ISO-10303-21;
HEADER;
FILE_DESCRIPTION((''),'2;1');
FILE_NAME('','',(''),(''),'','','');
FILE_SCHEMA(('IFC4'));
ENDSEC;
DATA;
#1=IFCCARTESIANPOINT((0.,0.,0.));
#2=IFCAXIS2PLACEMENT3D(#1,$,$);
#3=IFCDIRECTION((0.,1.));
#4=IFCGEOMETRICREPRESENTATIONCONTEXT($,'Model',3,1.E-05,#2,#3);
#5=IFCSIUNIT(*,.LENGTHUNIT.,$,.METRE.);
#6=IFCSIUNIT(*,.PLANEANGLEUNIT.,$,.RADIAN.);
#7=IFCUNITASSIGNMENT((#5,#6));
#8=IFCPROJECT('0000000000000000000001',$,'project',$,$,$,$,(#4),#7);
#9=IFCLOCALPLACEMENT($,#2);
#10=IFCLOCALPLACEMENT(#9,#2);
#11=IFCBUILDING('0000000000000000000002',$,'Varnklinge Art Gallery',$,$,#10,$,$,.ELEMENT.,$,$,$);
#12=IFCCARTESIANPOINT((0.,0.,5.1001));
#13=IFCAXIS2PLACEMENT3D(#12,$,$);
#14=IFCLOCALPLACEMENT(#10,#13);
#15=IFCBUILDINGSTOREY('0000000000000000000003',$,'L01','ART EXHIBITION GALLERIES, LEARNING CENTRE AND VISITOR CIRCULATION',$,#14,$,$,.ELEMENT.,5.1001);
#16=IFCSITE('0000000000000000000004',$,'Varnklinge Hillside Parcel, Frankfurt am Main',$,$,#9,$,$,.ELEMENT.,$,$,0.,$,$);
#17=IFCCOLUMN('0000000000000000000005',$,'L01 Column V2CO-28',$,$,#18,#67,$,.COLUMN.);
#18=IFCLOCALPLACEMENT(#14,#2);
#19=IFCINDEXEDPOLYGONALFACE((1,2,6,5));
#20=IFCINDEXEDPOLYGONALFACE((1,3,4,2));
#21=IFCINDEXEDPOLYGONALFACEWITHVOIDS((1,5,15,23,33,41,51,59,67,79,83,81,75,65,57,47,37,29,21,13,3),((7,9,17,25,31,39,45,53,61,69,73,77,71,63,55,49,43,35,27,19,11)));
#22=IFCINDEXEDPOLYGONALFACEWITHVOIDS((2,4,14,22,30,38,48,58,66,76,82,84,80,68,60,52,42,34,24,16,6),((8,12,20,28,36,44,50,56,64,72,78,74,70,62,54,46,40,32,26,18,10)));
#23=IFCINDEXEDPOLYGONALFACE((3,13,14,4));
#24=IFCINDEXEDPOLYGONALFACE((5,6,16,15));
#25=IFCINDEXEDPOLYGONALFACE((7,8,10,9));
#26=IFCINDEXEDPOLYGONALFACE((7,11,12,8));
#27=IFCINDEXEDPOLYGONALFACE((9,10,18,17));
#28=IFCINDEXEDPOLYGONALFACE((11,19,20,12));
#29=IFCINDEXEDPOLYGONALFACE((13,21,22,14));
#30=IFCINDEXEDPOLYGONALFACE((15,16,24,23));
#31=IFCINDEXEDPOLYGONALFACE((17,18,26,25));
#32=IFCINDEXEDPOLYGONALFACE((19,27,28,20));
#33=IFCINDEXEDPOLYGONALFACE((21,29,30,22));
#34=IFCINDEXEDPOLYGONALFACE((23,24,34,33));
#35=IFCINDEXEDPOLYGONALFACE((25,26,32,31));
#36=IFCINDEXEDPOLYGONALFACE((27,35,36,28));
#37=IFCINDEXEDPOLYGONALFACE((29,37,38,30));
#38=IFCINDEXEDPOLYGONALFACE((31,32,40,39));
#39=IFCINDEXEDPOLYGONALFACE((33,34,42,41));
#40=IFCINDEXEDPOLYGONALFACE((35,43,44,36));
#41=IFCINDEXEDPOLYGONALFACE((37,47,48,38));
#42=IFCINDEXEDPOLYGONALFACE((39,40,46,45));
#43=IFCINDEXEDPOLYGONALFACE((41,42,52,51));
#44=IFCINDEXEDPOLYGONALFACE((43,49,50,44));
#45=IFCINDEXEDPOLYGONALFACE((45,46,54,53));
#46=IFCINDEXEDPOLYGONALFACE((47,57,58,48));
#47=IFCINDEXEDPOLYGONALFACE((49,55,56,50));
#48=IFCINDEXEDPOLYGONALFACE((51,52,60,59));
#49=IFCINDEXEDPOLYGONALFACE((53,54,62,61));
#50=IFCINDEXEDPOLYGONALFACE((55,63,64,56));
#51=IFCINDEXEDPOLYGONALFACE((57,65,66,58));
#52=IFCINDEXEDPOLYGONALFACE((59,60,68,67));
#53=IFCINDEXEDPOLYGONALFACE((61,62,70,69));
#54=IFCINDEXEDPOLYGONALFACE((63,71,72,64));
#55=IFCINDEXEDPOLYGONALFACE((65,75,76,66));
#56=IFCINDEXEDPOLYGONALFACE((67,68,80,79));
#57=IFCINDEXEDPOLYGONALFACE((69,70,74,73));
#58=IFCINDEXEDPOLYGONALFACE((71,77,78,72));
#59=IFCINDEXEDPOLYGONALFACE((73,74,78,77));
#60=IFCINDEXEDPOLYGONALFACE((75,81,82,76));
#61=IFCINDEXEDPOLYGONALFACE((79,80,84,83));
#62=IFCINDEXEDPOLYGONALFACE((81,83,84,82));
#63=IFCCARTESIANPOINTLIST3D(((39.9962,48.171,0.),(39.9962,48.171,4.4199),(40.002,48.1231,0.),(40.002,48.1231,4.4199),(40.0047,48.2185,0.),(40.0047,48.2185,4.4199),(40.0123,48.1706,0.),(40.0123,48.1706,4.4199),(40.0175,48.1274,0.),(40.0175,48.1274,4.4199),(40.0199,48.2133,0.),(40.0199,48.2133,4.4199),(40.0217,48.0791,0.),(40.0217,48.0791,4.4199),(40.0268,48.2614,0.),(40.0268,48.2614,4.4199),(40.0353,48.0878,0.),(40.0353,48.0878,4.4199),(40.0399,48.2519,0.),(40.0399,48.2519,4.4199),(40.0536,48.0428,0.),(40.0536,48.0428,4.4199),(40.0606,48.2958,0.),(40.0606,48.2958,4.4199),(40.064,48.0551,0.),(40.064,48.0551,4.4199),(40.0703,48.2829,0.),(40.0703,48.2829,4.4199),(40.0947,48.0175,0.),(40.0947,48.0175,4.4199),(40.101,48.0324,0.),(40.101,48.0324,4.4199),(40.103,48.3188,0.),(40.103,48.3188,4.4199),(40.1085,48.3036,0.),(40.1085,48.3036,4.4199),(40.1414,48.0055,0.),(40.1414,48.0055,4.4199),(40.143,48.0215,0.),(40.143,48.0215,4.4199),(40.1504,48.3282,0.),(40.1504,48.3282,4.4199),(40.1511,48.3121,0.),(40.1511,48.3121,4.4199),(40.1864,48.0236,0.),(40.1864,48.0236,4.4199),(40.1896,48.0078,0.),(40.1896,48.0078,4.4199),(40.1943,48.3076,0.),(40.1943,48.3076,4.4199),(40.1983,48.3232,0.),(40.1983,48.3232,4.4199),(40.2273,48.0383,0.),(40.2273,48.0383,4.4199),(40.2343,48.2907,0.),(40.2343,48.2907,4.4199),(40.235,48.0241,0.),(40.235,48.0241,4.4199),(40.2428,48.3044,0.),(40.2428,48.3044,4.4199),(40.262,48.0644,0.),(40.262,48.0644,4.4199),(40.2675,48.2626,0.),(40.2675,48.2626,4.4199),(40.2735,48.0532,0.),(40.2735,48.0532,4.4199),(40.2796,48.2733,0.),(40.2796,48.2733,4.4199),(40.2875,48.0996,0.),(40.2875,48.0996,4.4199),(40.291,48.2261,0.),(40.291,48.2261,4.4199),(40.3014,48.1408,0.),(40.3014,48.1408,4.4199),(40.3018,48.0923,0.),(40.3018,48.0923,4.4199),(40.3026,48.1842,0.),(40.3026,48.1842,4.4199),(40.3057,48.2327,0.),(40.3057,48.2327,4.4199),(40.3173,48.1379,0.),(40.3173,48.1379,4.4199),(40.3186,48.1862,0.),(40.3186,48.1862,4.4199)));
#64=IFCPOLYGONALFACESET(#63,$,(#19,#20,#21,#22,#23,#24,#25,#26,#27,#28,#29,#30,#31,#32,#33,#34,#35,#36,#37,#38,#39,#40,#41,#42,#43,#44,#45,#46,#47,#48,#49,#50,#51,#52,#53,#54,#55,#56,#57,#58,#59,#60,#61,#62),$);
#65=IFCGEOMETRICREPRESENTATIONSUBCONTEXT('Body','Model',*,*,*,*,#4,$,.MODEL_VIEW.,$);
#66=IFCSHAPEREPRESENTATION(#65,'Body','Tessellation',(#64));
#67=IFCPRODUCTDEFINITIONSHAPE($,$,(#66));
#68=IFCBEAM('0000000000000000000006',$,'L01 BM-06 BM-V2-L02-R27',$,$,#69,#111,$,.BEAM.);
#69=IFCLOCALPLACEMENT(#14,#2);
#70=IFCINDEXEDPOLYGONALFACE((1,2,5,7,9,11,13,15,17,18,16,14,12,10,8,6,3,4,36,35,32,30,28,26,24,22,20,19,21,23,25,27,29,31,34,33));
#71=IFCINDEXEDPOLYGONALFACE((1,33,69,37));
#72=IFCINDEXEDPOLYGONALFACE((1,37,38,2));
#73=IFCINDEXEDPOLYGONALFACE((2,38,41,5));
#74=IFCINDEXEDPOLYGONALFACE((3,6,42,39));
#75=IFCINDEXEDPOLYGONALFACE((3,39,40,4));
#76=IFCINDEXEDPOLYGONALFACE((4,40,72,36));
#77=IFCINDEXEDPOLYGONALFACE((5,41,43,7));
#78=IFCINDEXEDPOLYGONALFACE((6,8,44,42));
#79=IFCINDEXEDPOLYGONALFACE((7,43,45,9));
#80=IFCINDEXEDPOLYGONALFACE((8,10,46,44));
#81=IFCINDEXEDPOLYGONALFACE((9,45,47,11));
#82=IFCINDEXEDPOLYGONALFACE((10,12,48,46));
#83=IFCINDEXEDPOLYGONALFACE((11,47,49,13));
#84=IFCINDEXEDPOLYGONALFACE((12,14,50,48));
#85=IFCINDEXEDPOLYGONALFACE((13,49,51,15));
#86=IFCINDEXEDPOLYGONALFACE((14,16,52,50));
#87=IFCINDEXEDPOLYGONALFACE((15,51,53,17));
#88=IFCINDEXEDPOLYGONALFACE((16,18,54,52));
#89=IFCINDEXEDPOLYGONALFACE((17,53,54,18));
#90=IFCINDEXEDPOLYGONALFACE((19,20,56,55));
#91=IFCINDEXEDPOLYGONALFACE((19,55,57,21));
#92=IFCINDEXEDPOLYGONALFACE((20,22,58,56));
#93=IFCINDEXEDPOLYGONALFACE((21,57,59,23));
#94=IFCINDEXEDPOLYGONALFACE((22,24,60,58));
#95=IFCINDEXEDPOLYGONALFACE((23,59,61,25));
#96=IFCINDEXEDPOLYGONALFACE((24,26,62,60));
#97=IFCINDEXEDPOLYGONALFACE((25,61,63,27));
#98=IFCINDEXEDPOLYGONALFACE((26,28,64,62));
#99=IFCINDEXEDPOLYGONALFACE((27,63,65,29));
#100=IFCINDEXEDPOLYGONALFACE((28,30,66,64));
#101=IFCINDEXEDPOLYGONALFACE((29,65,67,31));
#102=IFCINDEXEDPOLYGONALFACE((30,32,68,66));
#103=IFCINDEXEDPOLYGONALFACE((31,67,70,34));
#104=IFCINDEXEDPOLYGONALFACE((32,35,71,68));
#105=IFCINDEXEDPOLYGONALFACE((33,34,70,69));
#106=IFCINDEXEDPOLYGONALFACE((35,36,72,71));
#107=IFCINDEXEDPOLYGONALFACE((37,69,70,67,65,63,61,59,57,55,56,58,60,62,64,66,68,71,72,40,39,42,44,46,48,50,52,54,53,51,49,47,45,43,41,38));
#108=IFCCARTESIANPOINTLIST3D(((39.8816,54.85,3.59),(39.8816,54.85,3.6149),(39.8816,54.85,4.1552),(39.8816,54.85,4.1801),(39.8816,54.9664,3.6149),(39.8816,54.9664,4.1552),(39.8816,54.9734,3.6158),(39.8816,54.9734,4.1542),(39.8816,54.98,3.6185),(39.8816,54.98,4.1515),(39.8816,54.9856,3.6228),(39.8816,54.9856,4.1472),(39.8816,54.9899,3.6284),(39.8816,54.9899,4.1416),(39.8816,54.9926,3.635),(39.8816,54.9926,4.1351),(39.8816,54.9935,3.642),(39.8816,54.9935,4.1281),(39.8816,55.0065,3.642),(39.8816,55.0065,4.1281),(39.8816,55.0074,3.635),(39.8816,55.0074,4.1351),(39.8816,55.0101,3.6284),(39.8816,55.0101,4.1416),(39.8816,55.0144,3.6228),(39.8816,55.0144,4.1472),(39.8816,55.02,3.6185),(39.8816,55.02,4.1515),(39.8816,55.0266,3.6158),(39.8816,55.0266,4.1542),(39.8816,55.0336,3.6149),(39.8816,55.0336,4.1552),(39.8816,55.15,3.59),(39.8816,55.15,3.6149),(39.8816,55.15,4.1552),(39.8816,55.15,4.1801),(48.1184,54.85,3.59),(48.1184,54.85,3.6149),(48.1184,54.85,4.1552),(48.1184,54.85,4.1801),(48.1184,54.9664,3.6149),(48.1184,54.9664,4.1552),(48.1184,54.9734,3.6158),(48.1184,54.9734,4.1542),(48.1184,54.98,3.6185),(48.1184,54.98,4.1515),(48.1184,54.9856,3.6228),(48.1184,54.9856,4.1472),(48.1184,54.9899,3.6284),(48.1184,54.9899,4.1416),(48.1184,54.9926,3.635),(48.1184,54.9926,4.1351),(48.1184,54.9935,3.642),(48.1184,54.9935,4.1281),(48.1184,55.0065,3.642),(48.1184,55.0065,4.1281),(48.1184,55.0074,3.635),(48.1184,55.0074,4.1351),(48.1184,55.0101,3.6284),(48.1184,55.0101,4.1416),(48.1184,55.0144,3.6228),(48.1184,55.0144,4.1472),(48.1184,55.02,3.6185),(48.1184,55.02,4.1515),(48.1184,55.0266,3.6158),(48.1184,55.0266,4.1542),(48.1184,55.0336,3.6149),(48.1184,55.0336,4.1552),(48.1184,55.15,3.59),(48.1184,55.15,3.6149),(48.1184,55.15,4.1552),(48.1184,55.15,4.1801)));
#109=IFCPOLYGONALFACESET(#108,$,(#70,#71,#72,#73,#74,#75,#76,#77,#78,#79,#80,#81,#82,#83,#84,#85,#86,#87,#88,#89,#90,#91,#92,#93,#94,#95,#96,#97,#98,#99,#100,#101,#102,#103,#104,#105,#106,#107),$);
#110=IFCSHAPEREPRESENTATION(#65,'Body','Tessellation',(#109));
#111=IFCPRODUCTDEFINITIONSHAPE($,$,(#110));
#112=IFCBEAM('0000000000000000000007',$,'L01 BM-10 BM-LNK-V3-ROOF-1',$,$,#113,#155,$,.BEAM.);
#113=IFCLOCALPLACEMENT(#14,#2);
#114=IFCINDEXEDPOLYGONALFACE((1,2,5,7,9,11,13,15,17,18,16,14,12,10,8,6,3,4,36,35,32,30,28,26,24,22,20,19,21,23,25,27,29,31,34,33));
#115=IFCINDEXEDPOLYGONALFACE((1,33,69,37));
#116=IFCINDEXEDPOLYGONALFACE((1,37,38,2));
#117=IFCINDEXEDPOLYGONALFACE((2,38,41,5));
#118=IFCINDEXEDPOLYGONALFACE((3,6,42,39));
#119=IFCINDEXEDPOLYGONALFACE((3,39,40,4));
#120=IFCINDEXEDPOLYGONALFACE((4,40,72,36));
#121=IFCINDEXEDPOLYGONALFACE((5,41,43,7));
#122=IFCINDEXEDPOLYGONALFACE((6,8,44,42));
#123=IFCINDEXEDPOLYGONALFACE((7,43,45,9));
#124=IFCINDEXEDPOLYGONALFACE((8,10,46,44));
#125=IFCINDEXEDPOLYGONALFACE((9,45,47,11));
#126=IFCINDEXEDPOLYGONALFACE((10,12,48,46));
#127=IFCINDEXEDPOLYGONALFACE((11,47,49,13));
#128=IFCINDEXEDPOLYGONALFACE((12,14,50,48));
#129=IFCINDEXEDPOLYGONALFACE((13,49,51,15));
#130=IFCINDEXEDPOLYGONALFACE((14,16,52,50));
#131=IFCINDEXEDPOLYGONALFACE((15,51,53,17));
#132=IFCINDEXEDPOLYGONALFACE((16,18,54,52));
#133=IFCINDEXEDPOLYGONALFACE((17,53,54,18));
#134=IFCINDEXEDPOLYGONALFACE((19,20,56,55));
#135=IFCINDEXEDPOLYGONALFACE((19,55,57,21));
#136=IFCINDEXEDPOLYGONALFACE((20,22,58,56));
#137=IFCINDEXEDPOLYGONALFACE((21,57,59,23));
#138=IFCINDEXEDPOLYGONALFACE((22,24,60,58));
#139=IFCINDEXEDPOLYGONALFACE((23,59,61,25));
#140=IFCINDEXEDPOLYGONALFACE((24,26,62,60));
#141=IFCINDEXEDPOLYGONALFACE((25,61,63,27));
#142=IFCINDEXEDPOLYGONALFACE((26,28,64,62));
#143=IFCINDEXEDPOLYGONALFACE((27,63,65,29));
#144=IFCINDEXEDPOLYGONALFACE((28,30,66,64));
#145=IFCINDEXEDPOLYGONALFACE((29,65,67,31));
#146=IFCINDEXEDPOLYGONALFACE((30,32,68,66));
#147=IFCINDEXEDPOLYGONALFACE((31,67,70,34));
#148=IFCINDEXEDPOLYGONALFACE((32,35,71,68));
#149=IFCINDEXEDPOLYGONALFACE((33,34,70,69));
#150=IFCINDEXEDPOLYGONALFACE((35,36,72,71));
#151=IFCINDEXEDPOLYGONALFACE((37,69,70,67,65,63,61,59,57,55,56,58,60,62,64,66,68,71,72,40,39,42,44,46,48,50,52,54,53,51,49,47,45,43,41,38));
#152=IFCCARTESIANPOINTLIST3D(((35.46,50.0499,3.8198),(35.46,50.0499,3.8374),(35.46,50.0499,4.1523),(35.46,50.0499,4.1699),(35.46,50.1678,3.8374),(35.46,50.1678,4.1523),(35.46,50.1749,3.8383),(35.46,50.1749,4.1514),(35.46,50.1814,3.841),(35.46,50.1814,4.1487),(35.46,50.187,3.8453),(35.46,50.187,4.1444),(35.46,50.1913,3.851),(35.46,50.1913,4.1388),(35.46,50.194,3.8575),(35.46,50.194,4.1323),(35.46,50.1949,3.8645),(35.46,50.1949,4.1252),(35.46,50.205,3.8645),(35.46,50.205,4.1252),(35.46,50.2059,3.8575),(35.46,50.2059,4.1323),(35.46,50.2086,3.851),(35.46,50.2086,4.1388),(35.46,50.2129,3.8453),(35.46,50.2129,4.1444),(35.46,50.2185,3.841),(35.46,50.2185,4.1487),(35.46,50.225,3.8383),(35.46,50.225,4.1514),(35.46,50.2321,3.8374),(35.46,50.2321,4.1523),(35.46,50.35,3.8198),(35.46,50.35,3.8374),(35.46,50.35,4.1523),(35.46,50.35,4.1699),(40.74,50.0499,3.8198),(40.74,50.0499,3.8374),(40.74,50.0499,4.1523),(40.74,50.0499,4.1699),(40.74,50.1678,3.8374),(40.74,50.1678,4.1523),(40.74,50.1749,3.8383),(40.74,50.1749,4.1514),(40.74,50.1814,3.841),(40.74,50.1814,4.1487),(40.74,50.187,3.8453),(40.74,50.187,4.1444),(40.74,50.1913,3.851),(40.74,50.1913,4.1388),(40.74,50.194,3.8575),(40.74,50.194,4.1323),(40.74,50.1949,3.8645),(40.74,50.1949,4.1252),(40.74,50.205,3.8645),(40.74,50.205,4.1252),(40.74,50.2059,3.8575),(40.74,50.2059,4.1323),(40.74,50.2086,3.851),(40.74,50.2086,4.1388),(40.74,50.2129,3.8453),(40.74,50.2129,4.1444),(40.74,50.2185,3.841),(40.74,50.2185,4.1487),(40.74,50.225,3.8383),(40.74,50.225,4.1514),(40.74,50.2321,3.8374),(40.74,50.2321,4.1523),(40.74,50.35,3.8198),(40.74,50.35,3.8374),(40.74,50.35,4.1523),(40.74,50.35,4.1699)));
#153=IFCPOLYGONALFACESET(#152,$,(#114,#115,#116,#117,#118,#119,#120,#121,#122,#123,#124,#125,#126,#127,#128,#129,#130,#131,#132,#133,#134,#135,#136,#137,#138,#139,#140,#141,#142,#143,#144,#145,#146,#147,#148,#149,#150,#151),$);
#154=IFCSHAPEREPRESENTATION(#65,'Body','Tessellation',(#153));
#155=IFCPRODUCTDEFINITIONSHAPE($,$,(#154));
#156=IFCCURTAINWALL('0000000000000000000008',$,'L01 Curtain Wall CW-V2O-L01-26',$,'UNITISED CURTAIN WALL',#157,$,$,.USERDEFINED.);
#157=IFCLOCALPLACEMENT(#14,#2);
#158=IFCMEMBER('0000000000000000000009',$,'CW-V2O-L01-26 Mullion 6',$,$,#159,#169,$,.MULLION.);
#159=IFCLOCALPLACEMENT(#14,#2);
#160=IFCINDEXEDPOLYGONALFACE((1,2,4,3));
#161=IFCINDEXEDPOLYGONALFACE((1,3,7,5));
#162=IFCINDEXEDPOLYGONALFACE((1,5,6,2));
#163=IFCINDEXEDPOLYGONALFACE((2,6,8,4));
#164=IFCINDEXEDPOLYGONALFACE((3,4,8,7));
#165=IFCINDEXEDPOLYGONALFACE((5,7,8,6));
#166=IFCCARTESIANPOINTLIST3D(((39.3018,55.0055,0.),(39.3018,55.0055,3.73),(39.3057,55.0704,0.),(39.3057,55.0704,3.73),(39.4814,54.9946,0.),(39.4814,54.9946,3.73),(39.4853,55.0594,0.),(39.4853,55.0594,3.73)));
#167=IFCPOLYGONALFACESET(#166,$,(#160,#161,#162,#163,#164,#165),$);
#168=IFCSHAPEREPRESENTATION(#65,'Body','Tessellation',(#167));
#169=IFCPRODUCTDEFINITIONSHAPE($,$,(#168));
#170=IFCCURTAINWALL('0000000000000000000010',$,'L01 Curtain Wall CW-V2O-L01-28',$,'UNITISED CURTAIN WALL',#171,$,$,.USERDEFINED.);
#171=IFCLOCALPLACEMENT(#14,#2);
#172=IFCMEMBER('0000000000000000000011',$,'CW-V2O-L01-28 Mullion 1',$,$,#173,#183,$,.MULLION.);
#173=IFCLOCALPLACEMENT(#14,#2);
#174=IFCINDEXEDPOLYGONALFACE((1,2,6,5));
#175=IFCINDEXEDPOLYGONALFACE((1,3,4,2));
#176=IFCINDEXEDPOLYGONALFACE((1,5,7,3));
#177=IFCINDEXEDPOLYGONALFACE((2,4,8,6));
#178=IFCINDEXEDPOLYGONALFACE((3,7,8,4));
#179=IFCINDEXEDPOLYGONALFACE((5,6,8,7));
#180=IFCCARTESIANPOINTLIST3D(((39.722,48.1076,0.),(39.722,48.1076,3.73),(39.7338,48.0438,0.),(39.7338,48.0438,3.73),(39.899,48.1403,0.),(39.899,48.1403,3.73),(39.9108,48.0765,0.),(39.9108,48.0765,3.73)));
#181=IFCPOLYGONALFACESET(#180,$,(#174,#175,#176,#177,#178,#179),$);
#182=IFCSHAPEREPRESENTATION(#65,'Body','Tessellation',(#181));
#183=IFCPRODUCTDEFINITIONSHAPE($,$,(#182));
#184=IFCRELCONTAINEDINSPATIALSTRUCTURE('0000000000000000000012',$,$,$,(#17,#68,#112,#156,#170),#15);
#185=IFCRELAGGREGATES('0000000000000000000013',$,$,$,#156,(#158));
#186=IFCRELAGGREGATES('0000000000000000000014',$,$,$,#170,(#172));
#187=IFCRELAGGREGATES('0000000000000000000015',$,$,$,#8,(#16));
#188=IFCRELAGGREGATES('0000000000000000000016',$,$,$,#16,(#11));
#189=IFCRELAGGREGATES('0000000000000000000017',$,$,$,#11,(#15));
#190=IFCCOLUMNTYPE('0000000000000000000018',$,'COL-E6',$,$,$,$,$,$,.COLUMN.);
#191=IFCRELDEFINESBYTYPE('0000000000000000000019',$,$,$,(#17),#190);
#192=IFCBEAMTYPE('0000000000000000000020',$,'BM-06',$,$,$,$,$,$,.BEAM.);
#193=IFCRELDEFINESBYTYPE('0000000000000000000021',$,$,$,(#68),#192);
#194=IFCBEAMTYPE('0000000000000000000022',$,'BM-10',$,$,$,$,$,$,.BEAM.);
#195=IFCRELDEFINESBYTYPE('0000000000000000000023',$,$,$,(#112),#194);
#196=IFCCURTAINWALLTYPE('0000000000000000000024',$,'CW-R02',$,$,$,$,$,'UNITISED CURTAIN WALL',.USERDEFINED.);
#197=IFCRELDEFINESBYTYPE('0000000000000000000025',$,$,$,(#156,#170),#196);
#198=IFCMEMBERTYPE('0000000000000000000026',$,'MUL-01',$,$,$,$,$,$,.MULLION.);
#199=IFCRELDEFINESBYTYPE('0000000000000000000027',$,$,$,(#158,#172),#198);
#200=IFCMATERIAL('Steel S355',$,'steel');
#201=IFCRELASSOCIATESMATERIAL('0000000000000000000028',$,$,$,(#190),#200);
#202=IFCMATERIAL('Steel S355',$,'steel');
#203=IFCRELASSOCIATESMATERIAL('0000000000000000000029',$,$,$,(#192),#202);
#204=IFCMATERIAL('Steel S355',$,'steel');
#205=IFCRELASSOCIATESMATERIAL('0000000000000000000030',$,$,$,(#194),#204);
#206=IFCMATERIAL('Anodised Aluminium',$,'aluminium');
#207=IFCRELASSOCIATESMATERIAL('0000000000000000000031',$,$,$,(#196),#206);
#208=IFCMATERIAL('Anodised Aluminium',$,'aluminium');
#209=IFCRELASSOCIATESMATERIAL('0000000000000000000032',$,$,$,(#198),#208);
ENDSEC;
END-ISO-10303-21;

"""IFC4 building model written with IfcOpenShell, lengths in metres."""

from ifc_helpers import new_model, si_unit, direction, frame, origin, origin_2d, place, context, subcontext, project, spatial, rectangle, hollow_circle, i_section, extrude, material, material_profile, profile_set, type_object, element, aggregate, save


model = new_model("IFC4")

# Units and contexts
model_context = context("Model", 3, precision=1e-05, world=origin(), true_north=direction((0.0, 1.0)))
body_context = subcontext(model_context, "Body", "Model", "MODEL_VIEW")
ifc_project = project(units=[si_unit("LENGTHUNIT", "METRE"), si_unit("PLANEANGLEUNIT", "RADIAN")], contexts=[model_context])

# Site, building, storey
site_placement = place(None, origin())
site = spatial("IfcSite", under=ifc_project, at=site_placement, Name="Varnklinge Hillside Parcel, Frankfurt am Main", CompositionType="ELEMENT", RefElevation=0.0)
building_placement = place(site_placement, origin())
building = spatial("IfcBuilding", under=site, at=building_placement, Name="Varnklinge Art Gallery", CompositionType="ELEMENT")
storey_placement = place(building_placement, frame((0.0, 0.0, 5.1001)))
storey = spatial("IfcBuildingStorey", under=building, at=storey_placement, Name="L01", Description="ART EXHIBITION GALLERIES, LEARNING CENTRE AND VISITOR CIRCULATION", CompositionType="ELEMENT", Elevation=5.1001)

# Column
ifc_material_1 = material(Name="Steel S355", Category="steel")
ifc_material_profile_1 = material_profile(ifc_material_1, hollow_circle(Radius=0.1619, WallThickness=0.0161, at=origin_2d()), Name="CHS 323.9x16")
ifc_profile_set_1 = profile_set([ifc_material_profile_1], Name="Steel S355")
column_type_1 = type_object("IfcColumnType", Name="COL-E6", PredefinedType="COLUMN", material=ifc_profile_set_1)
for number, where, z_axis, x_axis, name in (
    (1, (40.158, 48.1665, 0.0), (0.0, 0.0, 1.0), (0.992589, 0.121523, 0.0), "L01 Column V2CO-28"),
):
    element("IfcColumn", number, at=place(storey_placement, frame(where, z_axis=z_axis, x_axis=x_axis)), inside=storey, type_object=column_type_1, Name=name, PredefinedType="COLUMN", context=body_context, shape_type="SweptSolid", body=[
        extrude(hollow_circle(Radius=0.1619, WallThickness=0.0161, at=origin_2d()), origin(), (0.0, 0.0, 1.0), 4.4199),
    ])

# Beams
ifc_material_2 = material(Name="Steel S355", Category="steel")
ifc_material_profile_2 = material_profile(ifc_material_2, i_section(OverallWidth=0.3, OverallDepth=0.5901, WebThickness=0.0129, FlangeThickness=0.0249, FilletRadius=0.0271, at=origin_2d()), Name="HEA 600")
ifc_profile_set_2 = profile_set([ifc_material_profile_2], Name="Steel S355")
beam_type_1 = type_object("IfcBeamType", Name="BM-06", PredefinedType="BEAM", material=ifc_profile_set_2)
beam_1_placement = place(storey_placement, frame((39.8816, 55.0, 3.885), z_axis=(1.0, 0.0, 0.0), x_axis=(0.0, 1.0, 0.0)))
element("IfcBeam", 2, at=beam_1_placement, inside=storey, type_object=beam_type_1, Name="L01 BM-06 BM-V2-L02-R27", PredefinedType="BEAM", context=body_context, shape_type="SweptSolid", body=[
    extrude(i_section(OverallWidth=0.3, OverallDepth=0.5901, WebThickness=0.0129, FlangeThickness=0.0249, FilletRadius=0.0271, at=origin_2d()), origin(), (0.0, 0.0, 1.0), 8.2368),
])
ifc_material_3 = material(Name="Steel S355", Category="steel")
ifc_material_profile_3 = material_profile(ifc_material_3, i_section(OverallWidth=0.3, OverallDepth=0.3501, WebThickness=0.01, FlangeThickness=0.0176, FilletRadius=0.0271, at=origin_2d()), Name="HEA 360")
ifc_profile_set_3 = profile_set([ifc_material_profile_3], Name="Steel S355")
beam_type_2 = type_object("IfcBeamType", Name="BM-10", PredefinedType="BEAM", material=ifc_profile_set_3)
beam_2_placement = place(storey_placement, frame((35.46, 50.2, 3.9949), z_axis=(1.0, 0.0, 0.0), x_axis=(0.0, 1.0, 0.0)))
element("IfcBeam", 3, at=beam_2_placement, inside=storey, type_object=beam_type_2, Name="L01 BM-10 BM-LNK-V3-ROOF-1", PredefinedType="BEAM", context=body_context, shape_type="SweptSolid", body=[
    extrude(i_section(OverallWidth=0.3, OverallDepth=0.3501, WebThickness=0.01, FlangeThickness=0.0176, FilletRadius=0.0271, at=origin_2d()), origin(), (0.0, 0.0, 1.0), 5.28),
])

# Curtain walls, members
ifc_material_4 = material(Name="Anodised Aluminium", Category="aluminium")
curtain_wall_type = type_object("IfcCurtainWallType", Name="CW-R02", ElementType="UNITISED CURTAIN WALL", PredefinedType="USERDEFINED", material=ifc_material_4)
curtain_wall_1_placement = place(storey_placement, origin())
curtain_wall_1 = element("IfcCurtainWall", 4, at=curtain_wall_1_placement, inside=storey, type_object=curtain_wall_type, Name="L01 Curtain Wall CW-V2O-L01-26", ObjectType="UNITISED CURTAIN WALL", PredefinedType="USERDEFINED")
ifc_material_5 = material(Name="Anodised Aluminium", Category="aluminium")
ifc_material_profile_4 = material_profile(ifc_material_5, rectangle(XDim=0.0649, YDim=0.1799, at=origin_2d()), Name="ALU 65x180")
ifc_profile_set_4 = profile_set([ifc_material_profile_4], Name="Anodised Aluminium")
member_type_1 = type_object("IfcMemberType", Name="MUL-01", PredefinedType="MULLION", material=ifc_profile_set_4)
member_1_placement = place(storey_placement, frame((39.3936, 55.0325, 0.0), z_axis=(0.0, 0.0, 1.0), x_axis=(-0.060874, -0.998145, 0.0)))
member_1 = element("IfcMember", 5, at=member_1_placement, type_object=member_type_1, Name="CW-V2O-L01-26 Mullion 6", PredefinedType="MULLION", context=body_context, shape_type="SweptSolid", body=[
    extrude(rectangle(XDim=0.0649, YDim=0.1799, at=origin_2d()), origin(), (0.0, 0.0, 1.0), 3.73),
])
aggregate(curtain_wall_1, [member_1])
curtain_wall_2_placement = place(storey_placement, origin())
curtain_wall_2 = element("IfcCurtainWall", 6, at=curtain_wall_2_placement, inside=storey, type_object=curtain_wall_type, Name="L01 Curtain Wall CW-V2O-L01-28", ObjectType="UNITISED CURTAIN WALL", PredefinedType="USERDEFINED")
member_2_placement = place(storey_placement, frame((39.8164, 48.092, 0.0), z_axis=(0.0, 0.0, 1.0), x_axis=(0.181721, -0.98335, 0.0)))
member_2 = element("IfcMember", 7, at=member_2_placement, type_object=member_type_1, Name="CW-V2O-L01-28 Mullion 1", PredefinedType="MULLION", context=body_context, shape_type="SweptSolid", body=[
    extrude(rectangle(XDim=0.0649, YDim=0.1799, at=origin_2d()), origin(), (0.0, 0.0, 1.0), 3.73),
])

aggregate(curtain_wall_2, [member_2])

save(model, "model.ifc")
